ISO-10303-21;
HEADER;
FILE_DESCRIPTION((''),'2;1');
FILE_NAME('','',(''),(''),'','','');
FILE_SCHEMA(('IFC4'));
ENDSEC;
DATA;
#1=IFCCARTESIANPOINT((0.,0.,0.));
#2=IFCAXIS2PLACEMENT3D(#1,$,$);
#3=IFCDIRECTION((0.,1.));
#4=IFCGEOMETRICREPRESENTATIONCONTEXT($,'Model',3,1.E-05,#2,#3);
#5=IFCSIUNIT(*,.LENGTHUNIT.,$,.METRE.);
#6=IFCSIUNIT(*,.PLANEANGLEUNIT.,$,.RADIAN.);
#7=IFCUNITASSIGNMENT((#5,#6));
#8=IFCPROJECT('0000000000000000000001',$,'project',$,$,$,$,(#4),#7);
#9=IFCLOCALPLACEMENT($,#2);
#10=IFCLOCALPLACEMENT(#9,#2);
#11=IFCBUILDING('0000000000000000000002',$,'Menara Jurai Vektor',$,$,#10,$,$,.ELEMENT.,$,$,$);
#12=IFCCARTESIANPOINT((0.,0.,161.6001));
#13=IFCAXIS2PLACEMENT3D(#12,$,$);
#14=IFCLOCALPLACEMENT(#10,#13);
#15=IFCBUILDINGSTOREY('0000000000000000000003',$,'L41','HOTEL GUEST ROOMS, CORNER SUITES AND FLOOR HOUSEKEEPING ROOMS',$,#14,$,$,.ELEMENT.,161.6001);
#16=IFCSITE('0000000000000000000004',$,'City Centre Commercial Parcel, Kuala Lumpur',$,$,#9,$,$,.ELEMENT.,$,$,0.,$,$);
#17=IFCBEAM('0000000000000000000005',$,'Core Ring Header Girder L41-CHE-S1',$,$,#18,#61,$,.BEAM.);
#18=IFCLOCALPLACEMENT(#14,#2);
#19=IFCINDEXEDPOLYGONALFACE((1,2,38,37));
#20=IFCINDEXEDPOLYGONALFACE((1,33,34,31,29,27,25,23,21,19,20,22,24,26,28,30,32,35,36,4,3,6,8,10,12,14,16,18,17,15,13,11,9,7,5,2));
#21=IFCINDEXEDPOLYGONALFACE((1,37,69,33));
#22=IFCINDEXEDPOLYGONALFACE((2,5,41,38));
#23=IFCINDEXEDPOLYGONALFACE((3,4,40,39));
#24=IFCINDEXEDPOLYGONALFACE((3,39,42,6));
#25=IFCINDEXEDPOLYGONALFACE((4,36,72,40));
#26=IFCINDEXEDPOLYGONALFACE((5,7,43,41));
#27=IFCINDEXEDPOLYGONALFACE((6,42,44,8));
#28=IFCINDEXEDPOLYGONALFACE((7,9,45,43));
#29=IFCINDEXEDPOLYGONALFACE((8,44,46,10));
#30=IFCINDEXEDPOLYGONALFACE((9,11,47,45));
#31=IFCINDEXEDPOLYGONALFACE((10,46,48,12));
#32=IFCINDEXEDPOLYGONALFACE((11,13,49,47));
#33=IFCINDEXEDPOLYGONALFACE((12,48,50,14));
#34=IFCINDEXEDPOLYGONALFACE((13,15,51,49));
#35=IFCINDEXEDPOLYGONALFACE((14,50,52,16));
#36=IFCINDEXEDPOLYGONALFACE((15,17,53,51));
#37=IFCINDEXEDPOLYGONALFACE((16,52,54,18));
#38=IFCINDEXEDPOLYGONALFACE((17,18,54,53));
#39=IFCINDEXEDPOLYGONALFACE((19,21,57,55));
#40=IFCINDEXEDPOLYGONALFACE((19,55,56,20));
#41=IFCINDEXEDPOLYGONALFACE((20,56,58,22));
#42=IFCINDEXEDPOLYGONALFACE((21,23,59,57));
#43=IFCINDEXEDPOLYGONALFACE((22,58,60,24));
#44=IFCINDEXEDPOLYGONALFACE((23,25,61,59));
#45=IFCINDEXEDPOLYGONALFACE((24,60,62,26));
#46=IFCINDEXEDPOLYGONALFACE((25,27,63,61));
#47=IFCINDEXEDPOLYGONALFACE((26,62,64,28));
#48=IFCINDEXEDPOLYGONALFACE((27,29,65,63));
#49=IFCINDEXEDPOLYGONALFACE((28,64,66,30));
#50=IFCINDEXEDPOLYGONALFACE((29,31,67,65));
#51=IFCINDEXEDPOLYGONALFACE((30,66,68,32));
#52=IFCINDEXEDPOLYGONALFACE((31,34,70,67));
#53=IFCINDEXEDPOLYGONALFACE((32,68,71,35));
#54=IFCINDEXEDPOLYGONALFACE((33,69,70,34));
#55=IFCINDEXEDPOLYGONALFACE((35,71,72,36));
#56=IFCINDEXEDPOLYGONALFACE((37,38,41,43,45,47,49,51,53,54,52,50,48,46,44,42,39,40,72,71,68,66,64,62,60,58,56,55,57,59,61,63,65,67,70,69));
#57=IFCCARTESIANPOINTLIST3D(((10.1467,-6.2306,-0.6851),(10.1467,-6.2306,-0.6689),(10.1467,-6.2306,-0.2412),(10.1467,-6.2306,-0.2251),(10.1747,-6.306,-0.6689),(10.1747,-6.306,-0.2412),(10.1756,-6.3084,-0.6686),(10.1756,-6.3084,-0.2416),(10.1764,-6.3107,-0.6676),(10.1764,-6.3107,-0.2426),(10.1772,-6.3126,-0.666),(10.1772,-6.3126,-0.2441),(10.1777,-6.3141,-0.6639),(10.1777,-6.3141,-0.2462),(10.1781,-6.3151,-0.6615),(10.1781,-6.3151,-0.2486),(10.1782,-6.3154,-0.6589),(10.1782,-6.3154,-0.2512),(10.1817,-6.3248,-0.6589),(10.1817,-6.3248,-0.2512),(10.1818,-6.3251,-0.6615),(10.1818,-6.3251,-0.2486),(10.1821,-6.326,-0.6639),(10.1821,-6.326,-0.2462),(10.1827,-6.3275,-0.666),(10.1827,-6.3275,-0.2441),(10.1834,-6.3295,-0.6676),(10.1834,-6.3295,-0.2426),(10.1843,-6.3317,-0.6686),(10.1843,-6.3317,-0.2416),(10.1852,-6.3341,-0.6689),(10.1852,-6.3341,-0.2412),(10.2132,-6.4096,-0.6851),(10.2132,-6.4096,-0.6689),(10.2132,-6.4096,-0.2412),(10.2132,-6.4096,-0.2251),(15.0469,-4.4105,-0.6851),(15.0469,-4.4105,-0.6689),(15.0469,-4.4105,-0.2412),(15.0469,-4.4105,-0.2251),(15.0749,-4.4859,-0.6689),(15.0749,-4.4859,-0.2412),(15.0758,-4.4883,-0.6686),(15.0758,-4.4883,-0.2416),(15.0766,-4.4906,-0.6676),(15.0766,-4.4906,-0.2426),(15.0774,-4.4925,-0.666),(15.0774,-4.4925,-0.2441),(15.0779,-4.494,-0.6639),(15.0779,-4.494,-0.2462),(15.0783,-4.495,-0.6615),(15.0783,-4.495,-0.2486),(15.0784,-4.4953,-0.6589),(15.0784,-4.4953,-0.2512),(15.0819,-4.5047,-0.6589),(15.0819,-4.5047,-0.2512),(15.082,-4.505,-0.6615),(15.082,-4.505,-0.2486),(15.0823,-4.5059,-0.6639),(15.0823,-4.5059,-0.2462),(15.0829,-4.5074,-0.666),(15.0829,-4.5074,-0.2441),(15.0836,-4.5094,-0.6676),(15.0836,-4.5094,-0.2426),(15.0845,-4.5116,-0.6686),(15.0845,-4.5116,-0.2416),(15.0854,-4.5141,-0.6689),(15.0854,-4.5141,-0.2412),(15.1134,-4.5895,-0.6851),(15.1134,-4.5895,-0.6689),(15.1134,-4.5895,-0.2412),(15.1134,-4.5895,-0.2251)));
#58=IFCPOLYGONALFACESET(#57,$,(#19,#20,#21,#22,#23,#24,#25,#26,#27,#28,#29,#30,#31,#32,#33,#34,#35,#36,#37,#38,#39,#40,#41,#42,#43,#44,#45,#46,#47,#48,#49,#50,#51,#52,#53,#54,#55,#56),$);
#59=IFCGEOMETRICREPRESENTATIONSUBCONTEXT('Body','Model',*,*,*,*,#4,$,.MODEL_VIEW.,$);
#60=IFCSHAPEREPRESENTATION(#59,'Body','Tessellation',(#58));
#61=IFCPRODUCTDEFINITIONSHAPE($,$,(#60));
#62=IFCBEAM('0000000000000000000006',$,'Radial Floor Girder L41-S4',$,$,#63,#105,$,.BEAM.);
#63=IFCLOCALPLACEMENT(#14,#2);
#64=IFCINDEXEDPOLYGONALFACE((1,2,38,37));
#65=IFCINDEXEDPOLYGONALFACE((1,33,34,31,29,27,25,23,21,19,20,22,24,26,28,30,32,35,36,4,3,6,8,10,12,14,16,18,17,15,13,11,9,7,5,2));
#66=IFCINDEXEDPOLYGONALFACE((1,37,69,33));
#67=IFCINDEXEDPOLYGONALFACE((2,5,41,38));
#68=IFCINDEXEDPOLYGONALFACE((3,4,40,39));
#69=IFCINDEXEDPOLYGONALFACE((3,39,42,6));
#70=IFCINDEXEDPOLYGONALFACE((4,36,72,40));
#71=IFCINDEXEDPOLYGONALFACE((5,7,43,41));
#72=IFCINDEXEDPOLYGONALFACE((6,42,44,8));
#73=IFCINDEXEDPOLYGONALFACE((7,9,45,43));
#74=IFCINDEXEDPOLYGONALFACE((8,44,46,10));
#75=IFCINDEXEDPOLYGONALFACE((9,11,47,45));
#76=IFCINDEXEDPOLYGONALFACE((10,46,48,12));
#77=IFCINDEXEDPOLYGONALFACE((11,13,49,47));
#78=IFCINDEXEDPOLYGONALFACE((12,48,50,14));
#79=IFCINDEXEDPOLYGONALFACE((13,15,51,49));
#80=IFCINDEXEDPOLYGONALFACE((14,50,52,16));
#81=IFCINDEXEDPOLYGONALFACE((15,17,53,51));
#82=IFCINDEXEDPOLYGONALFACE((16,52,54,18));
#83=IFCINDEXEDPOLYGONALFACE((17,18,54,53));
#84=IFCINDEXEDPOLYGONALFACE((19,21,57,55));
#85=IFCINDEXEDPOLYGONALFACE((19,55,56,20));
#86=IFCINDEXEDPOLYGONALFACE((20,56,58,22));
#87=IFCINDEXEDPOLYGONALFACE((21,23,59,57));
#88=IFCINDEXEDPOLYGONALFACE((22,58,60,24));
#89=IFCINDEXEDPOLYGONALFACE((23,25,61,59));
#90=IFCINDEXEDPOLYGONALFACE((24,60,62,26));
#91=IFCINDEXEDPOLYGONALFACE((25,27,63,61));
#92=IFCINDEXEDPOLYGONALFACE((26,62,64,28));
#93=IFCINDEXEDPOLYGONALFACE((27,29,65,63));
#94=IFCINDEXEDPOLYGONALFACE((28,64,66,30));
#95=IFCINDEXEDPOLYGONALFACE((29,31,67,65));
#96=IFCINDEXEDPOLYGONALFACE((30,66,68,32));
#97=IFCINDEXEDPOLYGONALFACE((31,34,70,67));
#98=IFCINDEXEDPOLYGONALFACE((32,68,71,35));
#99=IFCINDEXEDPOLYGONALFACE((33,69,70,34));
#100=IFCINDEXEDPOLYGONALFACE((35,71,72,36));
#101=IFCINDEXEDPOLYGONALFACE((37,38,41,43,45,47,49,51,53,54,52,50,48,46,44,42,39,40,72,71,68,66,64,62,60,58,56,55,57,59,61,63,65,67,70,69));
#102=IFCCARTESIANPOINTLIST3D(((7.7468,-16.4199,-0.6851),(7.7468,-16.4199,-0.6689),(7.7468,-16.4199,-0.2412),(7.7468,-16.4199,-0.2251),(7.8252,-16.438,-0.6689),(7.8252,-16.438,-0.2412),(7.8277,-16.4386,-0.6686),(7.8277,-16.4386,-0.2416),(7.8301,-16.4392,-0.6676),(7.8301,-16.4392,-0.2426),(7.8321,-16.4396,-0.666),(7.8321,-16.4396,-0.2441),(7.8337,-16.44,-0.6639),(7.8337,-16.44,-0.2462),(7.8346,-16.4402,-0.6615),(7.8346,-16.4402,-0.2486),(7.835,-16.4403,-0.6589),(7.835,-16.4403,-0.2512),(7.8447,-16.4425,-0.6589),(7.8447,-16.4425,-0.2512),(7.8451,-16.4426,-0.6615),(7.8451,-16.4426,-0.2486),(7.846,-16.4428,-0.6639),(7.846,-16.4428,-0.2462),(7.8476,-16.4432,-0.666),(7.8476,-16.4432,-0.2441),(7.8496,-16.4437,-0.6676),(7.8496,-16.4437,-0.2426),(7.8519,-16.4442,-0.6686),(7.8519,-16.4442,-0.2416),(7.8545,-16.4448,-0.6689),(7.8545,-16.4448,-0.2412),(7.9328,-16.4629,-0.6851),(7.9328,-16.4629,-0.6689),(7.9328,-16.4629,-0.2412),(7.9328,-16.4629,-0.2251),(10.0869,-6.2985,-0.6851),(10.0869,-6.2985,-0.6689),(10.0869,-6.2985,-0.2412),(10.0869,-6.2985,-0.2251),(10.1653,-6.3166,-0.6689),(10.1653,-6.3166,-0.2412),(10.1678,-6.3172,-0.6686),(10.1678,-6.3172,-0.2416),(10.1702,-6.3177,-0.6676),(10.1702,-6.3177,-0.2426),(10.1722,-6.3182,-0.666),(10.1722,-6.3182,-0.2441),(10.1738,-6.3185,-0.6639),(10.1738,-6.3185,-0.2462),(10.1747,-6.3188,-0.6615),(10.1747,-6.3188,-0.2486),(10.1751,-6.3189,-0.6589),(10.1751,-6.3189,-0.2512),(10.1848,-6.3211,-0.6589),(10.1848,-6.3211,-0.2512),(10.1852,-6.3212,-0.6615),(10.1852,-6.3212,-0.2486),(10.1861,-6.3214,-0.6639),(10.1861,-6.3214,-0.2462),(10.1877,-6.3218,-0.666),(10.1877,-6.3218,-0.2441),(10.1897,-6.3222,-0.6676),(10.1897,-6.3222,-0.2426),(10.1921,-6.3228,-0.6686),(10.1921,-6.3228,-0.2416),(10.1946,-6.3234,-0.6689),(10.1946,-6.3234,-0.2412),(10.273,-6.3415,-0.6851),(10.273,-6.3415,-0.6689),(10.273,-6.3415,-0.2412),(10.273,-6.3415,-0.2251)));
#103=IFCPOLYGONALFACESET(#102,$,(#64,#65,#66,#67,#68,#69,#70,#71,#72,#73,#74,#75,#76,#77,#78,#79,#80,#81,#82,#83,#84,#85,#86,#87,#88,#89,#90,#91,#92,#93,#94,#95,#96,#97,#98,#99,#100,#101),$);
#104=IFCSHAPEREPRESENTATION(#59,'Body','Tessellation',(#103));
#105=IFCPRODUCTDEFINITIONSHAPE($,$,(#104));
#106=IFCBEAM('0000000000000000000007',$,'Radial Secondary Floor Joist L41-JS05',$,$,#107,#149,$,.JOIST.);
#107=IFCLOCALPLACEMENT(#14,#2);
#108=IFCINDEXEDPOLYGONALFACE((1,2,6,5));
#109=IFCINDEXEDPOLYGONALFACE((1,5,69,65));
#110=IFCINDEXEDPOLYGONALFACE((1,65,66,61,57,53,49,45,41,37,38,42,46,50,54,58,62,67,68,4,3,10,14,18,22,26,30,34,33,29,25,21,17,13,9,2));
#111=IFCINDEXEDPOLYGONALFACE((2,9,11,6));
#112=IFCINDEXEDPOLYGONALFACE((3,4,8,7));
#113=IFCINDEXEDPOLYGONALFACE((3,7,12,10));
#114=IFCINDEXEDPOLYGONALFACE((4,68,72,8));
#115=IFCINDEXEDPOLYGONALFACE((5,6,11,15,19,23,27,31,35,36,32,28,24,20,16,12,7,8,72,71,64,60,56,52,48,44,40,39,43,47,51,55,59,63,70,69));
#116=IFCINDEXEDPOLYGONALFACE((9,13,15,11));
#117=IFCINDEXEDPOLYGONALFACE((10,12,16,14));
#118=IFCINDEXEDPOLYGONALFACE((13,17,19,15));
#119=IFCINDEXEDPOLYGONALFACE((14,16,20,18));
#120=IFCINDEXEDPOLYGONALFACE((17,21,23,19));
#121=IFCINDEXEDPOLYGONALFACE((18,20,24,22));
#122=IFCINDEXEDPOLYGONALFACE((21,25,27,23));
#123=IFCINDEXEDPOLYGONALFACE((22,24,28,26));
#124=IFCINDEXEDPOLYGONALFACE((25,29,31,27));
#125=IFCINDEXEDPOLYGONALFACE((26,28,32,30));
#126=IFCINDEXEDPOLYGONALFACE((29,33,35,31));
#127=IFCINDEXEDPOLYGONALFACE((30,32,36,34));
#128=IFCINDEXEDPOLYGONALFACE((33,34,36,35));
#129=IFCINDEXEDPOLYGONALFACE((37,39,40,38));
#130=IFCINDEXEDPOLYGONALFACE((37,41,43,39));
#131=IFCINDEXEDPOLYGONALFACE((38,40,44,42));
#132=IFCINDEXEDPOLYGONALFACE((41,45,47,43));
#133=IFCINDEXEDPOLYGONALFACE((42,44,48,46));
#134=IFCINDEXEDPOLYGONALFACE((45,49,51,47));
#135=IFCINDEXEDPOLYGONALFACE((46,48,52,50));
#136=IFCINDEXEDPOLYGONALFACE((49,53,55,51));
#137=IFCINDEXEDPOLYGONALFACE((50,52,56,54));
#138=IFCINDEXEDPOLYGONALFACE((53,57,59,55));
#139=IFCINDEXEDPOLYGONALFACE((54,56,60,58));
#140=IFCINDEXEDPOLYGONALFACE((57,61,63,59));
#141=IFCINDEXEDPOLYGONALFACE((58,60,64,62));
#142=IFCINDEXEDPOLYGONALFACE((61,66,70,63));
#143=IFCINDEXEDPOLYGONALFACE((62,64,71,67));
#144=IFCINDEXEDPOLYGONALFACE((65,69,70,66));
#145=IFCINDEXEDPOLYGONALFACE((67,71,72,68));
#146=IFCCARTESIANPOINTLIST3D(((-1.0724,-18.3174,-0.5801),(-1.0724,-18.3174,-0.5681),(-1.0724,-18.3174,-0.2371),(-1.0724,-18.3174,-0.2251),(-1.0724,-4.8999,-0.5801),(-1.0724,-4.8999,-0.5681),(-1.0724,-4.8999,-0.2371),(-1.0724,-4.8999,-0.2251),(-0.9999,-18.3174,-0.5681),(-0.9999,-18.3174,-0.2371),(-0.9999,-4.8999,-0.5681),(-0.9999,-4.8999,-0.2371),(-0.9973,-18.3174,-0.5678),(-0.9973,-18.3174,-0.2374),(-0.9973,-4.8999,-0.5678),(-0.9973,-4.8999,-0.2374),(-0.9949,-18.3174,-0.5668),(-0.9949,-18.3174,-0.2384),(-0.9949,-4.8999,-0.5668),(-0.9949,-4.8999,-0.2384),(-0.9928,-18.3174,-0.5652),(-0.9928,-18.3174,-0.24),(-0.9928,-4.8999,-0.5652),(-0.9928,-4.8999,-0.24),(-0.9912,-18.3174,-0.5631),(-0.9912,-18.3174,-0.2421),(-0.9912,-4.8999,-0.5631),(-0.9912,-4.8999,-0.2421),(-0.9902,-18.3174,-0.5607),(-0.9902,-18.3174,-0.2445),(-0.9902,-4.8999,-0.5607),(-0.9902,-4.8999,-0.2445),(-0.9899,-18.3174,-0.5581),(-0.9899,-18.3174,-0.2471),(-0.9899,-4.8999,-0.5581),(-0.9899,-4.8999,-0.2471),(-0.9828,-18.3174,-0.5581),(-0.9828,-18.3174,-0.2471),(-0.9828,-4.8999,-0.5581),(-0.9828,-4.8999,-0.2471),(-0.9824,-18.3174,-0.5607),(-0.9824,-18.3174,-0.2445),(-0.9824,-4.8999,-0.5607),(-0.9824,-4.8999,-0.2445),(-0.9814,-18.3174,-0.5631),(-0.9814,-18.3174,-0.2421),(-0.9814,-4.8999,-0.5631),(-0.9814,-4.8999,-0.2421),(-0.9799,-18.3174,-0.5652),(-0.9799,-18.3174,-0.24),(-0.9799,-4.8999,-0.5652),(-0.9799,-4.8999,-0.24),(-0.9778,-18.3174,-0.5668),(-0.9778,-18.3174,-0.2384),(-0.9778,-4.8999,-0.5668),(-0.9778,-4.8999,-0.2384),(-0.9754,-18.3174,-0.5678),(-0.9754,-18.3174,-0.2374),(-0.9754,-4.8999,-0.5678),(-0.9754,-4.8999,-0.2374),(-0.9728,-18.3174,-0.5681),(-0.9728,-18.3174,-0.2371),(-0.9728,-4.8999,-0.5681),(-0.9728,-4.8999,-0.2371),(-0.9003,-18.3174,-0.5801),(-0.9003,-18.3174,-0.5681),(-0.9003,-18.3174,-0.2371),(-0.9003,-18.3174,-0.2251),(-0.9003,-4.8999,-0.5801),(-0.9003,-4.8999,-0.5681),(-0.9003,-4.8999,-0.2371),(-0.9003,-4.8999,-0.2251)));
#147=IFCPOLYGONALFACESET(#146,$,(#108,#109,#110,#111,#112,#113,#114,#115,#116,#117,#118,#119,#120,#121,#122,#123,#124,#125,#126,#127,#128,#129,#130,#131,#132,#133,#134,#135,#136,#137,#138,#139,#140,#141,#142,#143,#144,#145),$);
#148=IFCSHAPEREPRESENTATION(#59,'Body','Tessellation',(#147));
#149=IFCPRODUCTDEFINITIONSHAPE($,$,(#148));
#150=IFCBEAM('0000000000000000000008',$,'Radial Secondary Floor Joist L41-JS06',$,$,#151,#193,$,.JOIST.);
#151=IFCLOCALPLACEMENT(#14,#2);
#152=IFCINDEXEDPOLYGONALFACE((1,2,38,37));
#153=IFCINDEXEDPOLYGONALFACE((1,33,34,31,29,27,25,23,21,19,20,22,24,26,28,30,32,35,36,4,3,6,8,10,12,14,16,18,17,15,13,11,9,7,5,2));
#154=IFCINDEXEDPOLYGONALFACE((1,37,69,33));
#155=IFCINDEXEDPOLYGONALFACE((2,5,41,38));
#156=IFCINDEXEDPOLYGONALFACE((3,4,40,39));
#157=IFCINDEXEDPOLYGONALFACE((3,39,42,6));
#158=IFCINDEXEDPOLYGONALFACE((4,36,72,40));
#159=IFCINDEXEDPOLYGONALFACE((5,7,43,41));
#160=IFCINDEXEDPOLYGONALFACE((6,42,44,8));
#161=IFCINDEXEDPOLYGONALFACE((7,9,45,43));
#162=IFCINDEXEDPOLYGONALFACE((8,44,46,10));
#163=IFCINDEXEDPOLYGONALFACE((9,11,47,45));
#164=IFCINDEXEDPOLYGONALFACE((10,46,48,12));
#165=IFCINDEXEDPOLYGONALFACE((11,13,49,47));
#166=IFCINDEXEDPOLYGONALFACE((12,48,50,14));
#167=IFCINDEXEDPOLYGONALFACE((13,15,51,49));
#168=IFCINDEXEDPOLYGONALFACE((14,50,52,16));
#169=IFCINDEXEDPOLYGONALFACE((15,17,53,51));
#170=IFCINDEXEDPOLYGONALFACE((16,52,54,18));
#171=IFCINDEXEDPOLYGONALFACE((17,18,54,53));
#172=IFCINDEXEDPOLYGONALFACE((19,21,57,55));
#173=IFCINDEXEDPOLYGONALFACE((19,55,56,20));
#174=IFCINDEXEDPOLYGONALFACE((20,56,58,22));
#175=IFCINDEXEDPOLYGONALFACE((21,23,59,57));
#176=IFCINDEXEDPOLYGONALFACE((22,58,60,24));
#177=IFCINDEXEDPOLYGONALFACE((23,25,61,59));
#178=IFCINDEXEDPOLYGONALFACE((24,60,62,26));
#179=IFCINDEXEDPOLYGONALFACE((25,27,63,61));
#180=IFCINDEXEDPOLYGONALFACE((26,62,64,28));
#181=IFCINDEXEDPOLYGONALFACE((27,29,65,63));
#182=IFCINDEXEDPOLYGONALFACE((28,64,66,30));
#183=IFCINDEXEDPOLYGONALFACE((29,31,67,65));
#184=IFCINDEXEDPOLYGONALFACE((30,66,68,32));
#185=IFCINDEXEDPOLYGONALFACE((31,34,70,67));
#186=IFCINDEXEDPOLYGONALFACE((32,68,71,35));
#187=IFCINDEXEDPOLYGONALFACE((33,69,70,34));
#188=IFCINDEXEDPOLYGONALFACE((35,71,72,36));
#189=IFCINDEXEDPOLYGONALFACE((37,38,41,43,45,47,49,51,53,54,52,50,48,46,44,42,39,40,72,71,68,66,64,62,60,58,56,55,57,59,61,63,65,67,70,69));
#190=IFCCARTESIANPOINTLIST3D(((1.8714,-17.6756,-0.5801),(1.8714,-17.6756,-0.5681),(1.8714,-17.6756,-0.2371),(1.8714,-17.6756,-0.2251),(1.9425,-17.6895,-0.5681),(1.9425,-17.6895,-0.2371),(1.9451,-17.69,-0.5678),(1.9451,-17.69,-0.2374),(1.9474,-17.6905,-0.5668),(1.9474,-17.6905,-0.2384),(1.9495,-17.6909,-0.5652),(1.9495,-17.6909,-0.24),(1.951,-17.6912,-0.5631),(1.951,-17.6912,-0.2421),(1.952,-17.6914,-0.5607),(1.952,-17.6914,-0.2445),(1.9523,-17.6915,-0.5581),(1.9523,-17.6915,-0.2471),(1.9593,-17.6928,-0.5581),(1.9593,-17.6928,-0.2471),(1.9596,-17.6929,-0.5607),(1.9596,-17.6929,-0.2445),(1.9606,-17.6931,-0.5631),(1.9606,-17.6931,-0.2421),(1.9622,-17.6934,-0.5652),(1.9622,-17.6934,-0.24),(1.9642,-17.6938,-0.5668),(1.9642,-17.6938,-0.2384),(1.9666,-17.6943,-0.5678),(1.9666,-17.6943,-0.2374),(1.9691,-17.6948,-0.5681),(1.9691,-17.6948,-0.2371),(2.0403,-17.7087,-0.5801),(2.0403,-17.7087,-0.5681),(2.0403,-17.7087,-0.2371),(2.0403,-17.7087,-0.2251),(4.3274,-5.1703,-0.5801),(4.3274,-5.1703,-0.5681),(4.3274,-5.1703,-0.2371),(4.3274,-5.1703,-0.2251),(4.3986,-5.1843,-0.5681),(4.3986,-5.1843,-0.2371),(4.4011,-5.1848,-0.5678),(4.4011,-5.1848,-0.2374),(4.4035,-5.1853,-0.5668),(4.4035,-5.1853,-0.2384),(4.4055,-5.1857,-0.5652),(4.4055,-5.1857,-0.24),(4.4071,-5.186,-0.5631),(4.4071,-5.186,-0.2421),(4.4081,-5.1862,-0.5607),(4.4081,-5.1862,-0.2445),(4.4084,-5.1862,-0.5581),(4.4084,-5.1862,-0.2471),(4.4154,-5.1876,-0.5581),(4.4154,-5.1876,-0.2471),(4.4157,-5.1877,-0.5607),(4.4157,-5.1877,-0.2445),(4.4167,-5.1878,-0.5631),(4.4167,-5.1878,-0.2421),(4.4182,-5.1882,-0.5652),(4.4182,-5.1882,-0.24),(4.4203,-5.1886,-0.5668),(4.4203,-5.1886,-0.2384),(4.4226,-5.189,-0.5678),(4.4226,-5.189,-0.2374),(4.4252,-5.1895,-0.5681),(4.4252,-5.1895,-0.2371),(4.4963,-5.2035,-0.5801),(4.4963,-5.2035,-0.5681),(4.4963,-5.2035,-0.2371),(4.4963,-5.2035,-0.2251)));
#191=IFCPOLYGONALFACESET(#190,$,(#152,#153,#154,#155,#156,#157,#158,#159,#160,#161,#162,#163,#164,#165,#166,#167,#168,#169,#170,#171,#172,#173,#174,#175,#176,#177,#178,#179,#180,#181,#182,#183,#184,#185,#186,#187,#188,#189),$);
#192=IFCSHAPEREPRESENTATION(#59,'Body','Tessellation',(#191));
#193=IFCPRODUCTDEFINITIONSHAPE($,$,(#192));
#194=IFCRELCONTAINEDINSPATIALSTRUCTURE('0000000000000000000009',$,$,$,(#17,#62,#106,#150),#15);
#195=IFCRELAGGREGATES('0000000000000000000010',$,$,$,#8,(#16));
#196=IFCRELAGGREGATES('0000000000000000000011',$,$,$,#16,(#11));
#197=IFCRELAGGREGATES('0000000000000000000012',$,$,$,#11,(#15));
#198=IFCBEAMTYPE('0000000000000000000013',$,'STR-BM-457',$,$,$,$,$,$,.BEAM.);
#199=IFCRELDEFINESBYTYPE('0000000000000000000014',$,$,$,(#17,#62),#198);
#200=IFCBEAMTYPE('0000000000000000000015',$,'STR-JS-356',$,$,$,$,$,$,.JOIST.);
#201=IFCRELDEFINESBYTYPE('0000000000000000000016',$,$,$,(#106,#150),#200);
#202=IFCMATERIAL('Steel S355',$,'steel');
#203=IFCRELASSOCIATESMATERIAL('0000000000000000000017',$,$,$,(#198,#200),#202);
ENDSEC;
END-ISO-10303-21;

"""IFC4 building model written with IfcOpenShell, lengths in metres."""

from ifc_helpers import new_model, si_unit, direction, frame, origin, origin_2d, place, context, subcontext, project, spatial, i_section, extrude, material, material_profile, profile_set, type_object, element, save


model = new_model("IFC4")

# Units and contexts
model_context = context("Model", 3, precision=1e-05, world=origin(), true_north=direction((0.0, 1.0)))
body_context = subcontext(model_context, "Body", "Model", "MODEL_VIEW")
ifc_project = project(units=[si_unit("LENGTHUNIT", "METRE"), si_unit("PLANEANGLEUNIT", "RADIAN")], contexts=[model_context])

# Site, building, storey
site_placement = place(None, origin())
site = spatial("IfcSite", under=ifc_project, at=site_placement, Name="City Centre Commercial Parcel, Kuala Lumpur", CompositionType="ELEMENT", RefElevation=0.0)
building_placement = place(site_placement, origin())
building = spatial("IfcBuilding", under=site, at=building_placement, Name="Menara Jurai Vektor", CompositionType="ELEMENT")
storey_placement = place(building_placement, frame((0.0, 0.0, 161.6001)))
storey = spatial("IfcBuildingStorey", under=building, at=storey_placement, Name="L41", Description="HOTEL GUEST ROOMS, CORNER SUITES AND FLOOR HOUSEKEEPING ROOMS", CompositionType="ELEMENT", Elevation=161.6001)

# Beams
ifc_material_1 = material(Name="Steel S355", Category="steel")
ifc_material_profile_1 = material_profile(ifc_material_1, i_section(OverallWidth=0.1909, OverallDepth=0.46, WebThickness=0.01, FlangeThickness=0.0161, FilletRadius=0.01, at=origin_2d()), Name="UKB 457x191x82")
ifc_profile_set_1 = profile_set([ifc_material_profile_1], Name="Steel S355")
beam_type_1 = type_object("IfcBeamType", Name="STR-BM-457", PredefinedType="BEAM", material=ifc_profile_set_1)
beam_1_placement = place(storey_placement, frame((10.1799, -6.3201, -0.4551), z_axis=(0.937424, 0.348189, 0.0), x_axis=(-0.348189, 0.937424, 0.0)))
element("IfcBeam", 1, at=beam_1_placement, inside=storey, type_object=beam_type_1, Name="Core Ring Header Girder L41-CHE-S1", PredefinedType="BEAM", context=body_context, shape_type="SweptSolid", body=[
    extrude(i_section(OverallWidth=0.1909, OverallDepth=0.46, WebThickness=0.01, FlangeThickness=0.0161, FilletRadius=0.01, at=origin_2d()), origin(), (0.0, 0.0, 1.0), 5.2273),
])
beam_2_placement = place(storey_placement, frame((7.8398, -16.4414, -0.4551), z_axis=(0.225261, 0.974298, 0.0), x_axis=(-0.974298, 0.225261, 0.0)))
element("IfcBeam", 2, at=beam_2_placement, inside=storey, type_object=beam_type_1, Name="Radial Floor Girder L41-S4", PredefinedType="BEAM", context=body_context, shape_type="SweptSolid", body=[
    extrude(i_section(OverallWidth=0.1909, OverallDepth=0.46, WebThickness=0.01, FlangeThickness=0.0161, FilletRadius=0.01, at=origin_2d()), origin(), (0.0, 0.0, 1.0), 10.3884),
])
ifc_material_profile_2 = material_profile(ifc_material_1, i_section(OverallWidth=0.1721, OverallDepth=0.355, WebThickness=0.0071, FlangeThickness=0.012, FilletRadius=0.01, at=origin_2d()), Name="UKB 356x171x51")
ifc_profile_set_2 = profile_set([ifc_material_profile_2], Name="Steel S355")
beam_type_2 = type_object("IfcBeamType", Name="STR-JS-356", PredefinedType="JOIST", material=ifc_profile_set_2)
beam_3_placement = place(storey_placement, frame((-0.9863, -18.3174, -0.4026), z_axis=(0.0, 1.0, 0.0), x_axis=(-1.0, 0.0, 0.0)))
element("IfcBeam", 3, at=beam_3_placement, inside=storey, type_object=beam_type_2, Name="Radial Secondary Floor Joist L41-JS05", PredefinedType="JOIST", context=body_context, shape_type="SweptSolid", body=[
    extrude(i_section(OverallWidth=0.1721, OverallDepth=0.355, WebThickness=0.0071, FlangeThickness=0.012, FilletRadius=0.01, at=origin_2d()), origin(), (0.0, 0.0, 1.0), 13.4175),
])
beam_4_placement = place(storey_placement, frame((1.9558, -17.6921, -0.4026), z_axis=(0.192722, 0.981253, 0.0), x_axis=(-0.981253, 0.192722, 0.0)))
element("IfcBeam", 4, at=beam_4_placement, inside=storey, type_object=beam_type_2, Name="Radial Secondary Floor Joist L41-JS06", PredefinedType="JOIST", context=body_context, shape_type="SweptSolid", body=[
    extrude(i_section(OverallWidth=0.1721, OverallDepth=0.355, WebThickness=0.0071, FlangeThickness=0.012, FilletRadius=0.01, at=origin_2d()), origin(), (0.0, 0.0, 1.0), 12.7441),
])

save(model, "model.ifc")
